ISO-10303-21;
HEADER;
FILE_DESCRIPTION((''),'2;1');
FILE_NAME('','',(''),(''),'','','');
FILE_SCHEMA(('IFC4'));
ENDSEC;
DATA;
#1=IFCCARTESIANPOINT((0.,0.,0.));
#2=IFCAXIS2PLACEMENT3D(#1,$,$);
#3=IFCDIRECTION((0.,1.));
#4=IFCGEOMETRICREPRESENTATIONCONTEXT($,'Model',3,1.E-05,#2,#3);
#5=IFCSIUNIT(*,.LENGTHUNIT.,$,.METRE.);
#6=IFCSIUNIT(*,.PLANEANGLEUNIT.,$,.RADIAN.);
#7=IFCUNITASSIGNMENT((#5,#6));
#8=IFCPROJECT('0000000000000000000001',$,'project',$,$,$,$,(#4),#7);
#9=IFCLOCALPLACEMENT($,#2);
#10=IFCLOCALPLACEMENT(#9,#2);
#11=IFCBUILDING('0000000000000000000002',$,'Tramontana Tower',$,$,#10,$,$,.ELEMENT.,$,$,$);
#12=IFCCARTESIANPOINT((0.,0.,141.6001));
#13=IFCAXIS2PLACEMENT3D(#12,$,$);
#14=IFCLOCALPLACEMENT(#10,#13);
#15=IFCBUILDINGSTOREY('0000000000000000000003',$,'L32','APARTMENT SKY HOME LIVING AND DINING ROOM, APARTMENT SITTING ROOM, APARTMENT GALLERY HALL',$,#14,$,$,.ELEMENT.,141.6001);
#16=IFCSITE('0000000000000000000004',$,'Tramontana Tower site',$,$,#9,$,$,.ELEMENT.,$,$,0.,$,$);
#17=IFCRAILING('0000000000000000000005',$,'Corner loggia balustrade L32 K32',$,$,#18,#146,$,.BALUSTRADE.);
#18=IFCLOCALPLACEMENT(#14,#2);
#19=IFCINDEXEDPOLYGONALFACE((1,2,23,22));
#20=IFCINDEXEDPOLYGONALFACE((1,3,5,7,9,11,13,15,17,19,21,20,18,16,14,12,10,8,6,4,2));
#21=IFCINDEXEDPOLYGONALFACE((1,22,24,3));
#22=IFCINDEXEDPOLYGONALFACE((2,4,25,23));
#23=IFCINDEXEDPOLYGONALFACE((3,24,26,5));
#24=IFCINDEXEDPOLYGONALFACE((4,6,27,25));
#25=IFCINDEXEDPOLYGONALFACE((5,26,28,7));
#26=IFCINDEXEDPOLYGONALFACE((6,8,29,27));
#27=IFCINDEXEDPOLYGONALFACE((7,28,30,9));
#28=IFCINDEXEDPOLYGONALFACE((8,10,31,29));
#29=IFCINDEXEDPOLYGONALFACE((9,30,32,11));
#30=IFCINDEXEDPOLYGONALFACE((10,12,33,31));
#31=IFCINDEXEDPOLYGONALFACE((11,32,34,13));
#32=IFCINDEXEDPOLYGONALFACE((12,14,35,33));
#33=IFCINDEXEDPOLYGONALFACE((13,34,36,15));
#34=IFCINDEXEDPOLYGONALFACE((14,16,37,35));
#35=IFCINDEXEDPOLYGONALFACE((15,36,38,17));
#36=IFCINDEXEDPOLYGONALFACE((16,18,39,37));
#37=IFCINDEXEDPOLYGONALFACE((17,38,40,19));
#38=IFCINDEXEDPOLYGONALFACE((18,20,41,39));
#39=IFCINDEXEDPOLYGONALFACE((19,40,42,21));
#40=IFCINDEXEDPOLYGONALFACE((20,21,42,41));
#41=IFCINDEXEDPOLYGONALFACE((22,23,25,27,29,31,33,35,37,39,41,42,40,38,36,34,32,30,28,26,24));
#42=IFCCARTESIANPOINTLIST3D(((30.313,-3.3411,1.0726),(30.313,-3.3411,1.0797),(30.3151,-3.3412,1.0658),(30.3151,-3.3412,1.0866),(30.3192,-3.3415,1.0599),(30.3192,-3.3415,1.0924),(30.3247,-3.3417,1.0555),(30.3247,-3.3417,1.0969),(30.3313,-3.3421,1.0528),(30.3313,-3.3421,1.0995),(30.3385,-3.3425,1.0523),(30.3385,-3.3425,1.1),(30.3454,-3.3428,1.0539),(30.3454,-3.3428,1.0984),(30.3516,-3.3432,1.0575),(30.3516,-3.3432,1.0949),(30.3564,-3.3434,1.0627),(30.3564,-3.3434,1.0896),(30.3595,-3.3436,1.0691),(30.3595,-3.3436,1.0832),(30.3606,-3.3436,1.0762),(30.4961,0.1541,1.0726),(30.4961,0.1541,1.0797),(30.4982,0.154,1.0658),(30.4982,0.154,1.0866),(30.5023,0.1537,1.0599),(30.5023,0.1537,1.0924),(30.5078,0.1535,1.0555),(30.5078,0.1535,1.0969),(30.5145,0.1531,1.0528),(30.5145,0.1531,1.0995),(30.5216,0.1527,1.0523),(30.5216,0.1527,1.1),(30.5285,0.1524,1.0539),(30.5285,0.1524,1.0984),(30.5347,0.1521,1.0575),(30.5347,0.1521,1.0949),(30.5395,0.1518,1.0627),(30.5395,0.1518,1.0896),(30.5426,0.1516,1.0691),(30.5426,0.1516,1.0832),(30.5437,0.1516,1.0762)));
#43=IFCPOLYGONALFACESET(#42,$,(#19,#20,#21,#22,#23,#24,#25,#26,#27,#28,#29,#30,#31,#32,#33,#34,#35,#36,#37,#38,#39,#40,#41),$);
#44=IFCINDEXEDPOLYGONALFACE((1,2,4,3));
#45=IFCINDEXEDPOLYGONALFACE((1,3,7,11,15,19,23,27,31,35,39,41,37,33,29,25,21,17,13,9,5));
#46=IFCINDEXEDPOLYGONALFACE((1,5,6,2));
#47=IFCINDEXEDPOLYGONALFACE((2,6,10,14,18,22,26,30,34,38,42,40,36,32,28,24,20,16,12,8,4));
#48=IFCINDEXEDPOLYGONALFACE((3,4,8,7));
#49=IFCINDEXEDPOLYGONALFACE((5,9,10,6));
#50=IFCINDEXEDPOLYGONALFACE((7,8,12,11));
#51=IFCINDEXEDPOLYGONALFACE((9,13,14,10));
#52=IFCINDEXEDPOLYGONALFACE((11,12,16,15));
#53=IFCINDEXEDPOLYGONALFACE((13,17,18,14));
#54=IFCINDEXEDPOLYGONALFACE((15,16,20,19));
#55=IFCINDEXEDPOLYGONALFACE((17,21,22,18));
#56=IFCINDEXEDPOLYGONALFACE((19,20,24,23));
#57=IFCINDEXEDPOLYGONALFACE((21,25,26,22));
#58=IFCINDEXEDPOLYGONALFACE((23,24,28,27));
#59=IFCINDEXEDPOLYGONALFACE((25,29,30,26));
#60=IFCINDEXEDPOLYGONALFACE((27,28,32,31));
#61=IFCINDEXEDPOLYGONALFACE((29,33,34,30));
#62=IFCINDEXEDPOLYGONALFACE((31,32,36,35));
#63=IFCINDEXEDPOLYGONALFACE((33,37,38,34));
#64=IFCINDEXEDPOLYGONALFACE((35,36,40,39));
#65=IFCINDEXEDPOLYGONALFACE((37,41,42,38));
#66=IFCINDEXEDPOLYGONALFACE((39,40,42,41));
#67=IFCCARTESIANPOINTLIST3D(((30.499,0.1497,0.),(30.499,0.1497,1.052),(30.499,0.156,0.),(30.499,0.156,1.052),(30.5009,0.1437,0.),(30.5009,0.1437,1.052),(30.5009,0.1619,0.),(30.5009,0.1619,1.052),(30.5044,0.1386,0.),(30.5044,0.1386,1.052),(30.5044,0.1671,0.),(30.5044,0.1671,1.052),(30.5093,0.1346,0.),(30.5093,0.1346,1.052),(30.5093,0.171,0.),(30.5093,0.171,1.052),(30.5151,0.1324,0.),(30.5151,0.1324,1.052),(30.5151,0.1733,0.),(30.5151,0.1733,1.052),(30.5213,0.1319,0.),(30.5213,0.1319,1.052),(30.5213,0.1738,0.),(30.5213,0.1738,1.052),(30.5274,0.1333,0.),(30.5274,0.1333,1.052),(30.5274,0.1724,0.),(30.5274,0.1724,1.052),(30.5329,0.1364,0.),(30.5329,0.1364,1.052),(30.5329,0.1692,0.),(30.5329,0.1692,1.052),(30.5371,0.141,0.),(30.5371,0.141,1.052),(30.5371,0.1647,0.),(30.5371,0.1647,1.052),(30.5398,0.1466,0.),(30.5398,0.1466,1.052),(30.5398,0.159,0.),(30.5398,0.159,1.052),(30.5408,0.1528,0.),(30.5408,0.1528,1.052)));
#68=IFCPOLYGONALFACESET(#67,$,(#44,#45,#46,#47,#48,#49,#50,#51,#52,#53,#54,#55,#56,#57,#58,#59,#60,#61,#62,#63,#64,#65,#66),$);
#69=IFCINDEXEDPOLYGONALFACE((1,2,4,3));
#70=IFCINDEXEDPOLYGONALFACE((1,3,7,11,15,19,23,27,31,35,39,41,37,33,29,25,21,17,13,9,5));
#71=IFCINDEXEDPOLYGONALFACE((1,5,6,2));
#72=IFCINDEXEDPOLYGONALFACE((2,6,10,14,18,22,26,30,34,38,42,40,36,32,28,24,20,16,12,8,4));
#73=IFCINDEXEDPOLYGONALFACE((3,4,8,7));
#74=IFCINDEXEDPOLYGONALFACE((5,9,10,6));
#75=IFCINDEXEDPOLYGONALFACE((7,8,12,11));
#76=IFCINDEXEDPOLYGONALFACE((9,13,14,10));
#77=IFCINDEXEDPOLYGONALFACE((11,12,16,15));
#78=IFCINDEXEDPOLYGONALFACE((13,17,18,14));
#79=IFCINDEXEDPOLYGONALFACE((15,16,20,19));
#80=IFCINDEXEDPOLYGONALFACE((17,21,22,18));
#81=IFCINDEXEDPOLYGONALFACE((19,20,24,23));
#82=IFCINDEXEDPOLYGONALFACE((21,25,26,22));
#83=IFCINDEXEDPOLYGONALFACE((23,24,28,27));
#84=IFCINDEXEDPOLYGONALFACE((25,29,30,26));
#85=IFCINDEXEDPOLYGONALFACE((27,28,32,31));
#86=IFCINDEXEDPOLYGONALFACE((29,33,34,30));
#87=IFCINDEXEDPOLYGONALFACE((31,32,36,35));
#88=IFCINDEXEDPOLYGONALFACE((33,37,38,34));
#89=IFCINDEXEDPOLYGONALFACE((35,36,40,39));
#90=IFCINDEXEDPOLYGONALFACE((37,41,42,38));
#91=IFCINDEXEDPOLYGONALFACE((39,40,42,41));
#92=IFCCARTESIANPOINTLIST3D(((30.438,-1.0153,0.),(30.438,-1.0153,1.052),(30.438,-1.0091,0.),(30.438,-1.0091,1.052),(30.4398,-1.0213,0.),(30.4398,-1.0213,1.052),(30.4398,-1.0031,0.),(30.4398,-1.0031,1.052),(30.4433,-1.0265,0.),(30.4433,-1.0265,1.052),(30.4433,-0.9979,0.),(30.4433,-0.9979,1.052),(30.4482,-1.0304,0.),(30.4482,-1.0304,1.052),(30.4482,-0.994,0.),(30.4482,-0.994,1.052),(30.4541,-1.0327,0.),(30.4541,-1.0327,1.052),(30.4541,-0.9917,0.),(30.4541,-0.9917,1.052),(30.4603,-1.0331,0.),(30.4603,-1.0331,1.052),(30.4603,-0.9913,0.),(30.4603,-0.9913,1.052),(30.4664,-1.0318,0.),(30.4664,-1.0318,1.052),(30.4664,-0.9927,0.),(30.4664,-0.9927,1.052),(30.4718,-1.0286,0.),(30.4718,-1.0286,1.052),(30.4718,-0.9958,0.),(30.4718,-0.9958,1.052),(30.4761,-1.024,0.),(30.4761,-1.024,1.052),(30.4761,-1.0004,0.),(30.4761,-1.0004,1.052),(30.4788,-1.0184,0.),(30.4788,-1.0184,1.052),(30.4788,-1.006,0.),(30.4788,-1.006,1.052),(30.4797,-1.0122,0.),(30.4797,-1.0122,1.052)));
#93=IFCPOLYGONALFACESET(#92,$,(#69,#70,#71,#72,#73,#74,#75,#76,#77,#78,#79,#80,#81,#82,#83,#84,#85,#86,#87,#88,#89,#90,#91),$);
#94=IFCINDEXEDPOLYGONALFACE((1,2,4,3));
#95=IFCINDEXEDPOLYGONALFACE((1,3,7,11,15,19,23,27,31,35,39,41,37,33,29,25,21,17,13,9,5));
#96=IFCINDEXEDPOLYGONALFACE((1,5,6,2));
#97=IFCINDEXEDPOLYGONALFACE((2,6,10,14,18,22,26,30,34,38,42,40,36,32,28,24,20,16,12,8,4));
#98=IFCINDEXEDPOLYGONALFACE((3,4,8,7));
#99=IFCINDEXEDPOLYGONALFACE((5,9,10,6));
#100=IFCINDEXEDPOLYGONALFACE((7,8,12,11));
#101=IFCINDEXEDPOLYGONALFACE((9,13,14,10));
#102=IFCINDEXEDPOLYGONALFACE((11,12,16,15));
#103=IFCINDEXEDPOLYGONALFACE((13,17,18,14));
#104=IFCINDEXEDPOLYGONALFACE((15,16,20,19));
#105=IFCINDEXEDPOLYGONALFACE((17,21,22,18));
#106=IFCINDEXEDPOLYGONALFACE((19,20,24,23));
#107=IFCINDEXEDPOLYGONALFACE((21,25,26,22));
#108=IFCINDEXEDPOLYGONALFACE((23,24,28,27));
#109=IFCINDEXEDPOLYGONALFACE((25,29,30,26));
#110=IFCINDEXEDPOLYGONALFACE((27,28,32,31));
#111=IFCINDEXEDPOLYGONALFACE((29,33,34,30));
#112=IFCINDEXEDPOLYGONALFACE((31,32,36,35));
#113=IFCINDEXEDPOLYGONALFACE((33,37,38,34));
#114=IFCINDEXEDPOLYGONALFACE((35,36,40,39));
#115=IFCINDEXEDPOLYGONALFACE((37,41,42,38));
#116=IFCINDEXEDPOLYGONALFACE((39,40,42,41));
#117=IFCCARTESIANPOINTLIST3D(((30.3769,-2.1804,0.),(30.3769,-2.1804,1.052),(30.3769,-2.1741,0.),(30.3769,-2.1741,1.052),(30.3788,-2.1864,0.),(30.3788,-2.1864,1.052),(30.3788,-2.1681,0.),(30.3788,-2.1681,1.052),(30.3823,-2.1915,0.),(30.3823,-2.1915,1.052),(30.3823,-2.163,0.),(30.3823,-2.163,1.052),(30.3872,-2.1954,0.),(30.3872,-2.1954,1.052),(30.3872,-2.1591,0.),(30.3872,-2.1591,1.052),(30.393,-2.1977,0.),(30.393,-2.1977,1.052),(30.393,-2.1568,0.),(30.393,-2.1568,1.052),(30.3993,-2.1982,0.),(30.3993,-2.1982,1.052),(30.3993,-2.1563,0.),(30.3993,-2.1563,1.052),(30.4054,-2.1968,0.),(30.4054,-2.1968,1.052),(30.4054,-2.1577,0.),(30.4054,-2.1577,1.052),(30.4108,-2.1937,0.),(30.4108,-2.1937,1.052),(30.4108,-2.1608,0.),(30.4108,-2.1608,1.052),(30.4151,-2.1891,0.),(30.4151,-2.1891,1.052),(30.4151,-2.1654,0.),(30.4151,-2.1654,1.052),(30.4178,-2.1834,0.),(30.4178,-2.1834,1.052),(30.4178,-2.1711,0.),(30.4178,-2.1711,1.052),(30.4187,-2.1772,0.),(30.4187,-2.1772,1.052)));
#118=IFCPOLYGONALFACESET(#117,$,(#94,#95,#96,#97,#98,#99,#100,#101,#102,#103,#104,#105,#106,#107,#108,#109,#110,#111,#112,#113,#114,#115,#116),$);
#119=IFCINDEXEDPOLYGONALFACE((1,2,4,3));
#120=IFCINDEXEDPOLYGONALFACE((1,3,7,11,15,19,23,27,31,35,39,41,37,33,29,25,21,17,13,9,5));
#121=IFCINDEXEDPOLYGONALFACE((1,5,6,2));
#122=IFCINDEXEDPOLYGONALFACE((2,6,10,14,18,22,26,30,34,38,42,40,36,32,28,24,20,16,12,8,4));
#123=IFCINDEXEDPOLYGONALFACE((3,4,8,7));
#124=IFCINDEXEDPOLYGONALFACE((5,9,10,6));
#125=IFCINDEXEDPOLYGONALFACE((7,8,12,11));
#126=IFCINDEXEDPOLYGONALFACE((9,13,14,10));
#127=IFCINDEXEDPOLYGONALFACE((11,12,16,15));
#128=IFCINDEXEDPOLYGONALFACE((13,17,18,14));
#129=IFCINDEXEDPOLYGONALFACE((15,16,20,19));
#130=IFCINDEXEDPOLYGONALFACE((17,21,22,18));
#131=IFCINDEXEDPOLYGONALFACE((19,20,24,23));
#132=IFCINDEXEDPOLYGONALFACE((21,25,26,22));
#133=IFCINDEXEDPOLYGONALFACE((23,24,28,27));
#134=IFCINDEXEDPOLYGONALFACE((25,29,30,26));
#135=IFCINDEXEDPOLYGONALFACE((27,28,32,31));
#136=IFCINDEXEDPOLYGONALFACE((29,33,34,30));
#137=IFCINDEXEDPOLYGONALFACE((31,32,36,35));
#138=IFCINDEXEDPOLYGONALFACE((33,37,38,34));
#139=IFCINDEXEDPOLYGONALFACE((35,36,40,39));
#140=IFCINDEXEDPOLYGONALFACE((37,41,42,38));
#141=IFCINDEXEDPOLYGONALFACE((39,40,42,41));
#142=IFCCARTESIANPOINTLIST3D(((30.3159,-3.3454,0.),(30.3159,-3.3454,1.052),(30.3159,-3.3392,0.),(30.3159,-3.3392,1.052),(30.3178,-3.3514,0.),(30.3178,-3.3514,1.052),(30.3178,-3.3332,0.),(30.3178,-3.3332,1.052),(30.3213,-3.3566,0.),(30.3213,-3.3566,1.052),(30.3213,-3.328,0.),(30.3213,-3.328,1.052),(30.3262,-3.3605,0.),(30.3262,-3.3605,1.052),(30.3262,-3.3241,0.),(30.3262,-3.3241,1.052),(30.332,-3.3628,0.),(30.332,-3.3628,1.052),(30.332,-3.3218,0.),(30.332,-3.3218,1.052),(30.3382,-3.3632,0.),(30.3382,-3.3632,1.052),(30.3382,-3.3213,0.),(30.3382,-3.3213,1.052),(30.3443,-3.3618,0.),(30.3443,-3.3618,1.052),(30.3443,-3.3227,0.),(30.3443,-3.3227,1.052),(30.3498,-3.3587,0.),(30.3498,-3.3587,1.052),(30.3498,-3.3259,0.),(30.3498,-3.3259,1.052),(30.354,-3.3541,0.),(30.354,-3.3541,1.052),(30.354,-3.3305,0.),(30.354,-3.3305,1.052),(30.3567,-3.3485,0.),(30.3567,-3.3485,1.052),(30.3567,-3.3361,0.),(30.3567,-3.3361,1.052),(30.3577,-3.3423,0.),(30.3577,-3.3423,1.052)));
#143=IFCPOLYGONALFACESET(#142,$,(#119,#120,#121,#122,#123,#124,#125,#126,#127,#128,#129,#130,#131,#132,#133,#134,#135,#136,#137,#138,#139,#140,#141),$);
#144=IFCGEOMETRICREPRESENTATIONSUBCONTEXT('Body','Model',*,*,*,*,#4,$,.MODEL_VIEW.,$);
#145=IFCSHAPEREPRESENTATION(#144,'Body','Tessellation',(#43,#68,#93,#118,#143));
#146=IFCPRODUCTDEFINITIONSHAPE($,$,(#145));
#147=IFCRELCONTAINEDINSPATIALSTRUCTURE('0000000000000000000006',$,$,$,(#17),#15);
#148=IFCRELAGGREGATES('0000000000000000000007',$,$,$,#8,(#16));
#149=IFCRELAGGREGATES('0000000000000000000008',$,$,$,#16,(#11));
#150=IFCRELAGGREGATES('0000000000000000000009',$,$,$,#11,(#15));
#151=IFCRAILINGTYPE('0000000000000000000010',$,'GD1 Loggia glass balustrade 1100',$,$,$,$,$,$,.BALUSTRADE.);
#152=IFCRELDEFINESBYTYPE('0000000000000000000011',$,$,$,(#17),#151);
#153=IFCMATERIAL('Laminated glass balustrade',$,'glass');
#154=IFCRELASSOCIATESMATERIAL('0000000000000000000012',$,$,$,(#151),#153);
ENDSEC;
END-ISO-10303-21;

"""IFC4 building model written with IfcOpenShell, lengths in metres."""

from ifc_helpers import new_model, si_unit, direction, frame, origin, origin_2d, place, context, subcontext, project, spatial, circle, extrude, material, type_object, element, save


model = new_model("IFC4")

# Units and contexts
model_context = context("Model", 3, precision=1e-05, world=origin(), true_north=direction((0.0, 1.0)))
body_context = subcontext(model_context, "Body", "Model", "MODEL_VIEW")
ifc_project = project(units=[si_unit("LENGTHUNIT", "METRE"), si_unit("PLANEANGLEUNIT", "RADIAN")], contexts=[model_context])

# Site, building, storey
site_placement = place(None, origin())
site = spatial("IfcSite", under=ifc_project, at=site_placement, Name="Tramontana Tower site", CompositionType="ELEMENT", RefElevation=0.0)
building_placement = place(site_placement, origin())
building = spatial("IfcBuilding", under=site, at=building_placement, Name="Tramontana Tower", CompositionType="ELEMENT")
storey_placement = place(building_placement, frame((0.0, 0.0, 141.6001)))
storey = spatial("IfcBuildingStorey", under=building, at=storey_placement, Name="L32", Description="APARTMENT SKY HOME LIVING AND DINING ROOM, APARTMENT SITTING ROOM, APARTMENT GALLERY HALL", CompositionType="ELEMENT", Elevation=141.6001)

# Railing
ifc_material_1 = material(Name="Laminated glass balustrade", Category="glass")
railing_type = type_object("IfcRailingType", Name="GD1 Loggia glass balustrade 1100", PredefinedType="BALUSTRADE", material=ifc_material_1)
railing_placement = place(storey_placement, frame((30.5198, 0.1528, 0.0)))
element("IfcRailing", 1, at=railing_placement, inside=storey, type_object=railing_type, Name="Corner loggia balustrade L32 K32", PredefinedType="BALUSTRADE", context=body_context, shape_type="SweptSolid", body=[
    extrude(circle(Radius=0.0239, at=origin_2d()), frame((0.0, 0.0, 1.0762), z_axis=(-0.052317, -0.998631, 0.0), x_axis=(0.998631, -0.052317, 0.0)), (0.0, 0.0, 1.0), 3.5),
    extrude(circle(Radius=0.021, at=origin_2d()), origin(), (0.0, 0.0, 1.0), 1.052),
    extrude(circle(Radius=0.021, at=origin_2d()), frame((-0.061, -1.165, 0.0)), (0.0, 0.0, 1.0), 1.052),
    extrude(circle(Radius=0.021, at=origin_2d()), frame((-0.1221, -2.3301, 0.0)), (0.0, 0.0, 1.0), 1.052),
    extrude(circle(Radius=0.021, at=origin_2d()), frame((-0.1831, -3.4951, 0.0)), (0.0, 0.0, 1.0), 1.052),
])

save(model, "model.ifc")
